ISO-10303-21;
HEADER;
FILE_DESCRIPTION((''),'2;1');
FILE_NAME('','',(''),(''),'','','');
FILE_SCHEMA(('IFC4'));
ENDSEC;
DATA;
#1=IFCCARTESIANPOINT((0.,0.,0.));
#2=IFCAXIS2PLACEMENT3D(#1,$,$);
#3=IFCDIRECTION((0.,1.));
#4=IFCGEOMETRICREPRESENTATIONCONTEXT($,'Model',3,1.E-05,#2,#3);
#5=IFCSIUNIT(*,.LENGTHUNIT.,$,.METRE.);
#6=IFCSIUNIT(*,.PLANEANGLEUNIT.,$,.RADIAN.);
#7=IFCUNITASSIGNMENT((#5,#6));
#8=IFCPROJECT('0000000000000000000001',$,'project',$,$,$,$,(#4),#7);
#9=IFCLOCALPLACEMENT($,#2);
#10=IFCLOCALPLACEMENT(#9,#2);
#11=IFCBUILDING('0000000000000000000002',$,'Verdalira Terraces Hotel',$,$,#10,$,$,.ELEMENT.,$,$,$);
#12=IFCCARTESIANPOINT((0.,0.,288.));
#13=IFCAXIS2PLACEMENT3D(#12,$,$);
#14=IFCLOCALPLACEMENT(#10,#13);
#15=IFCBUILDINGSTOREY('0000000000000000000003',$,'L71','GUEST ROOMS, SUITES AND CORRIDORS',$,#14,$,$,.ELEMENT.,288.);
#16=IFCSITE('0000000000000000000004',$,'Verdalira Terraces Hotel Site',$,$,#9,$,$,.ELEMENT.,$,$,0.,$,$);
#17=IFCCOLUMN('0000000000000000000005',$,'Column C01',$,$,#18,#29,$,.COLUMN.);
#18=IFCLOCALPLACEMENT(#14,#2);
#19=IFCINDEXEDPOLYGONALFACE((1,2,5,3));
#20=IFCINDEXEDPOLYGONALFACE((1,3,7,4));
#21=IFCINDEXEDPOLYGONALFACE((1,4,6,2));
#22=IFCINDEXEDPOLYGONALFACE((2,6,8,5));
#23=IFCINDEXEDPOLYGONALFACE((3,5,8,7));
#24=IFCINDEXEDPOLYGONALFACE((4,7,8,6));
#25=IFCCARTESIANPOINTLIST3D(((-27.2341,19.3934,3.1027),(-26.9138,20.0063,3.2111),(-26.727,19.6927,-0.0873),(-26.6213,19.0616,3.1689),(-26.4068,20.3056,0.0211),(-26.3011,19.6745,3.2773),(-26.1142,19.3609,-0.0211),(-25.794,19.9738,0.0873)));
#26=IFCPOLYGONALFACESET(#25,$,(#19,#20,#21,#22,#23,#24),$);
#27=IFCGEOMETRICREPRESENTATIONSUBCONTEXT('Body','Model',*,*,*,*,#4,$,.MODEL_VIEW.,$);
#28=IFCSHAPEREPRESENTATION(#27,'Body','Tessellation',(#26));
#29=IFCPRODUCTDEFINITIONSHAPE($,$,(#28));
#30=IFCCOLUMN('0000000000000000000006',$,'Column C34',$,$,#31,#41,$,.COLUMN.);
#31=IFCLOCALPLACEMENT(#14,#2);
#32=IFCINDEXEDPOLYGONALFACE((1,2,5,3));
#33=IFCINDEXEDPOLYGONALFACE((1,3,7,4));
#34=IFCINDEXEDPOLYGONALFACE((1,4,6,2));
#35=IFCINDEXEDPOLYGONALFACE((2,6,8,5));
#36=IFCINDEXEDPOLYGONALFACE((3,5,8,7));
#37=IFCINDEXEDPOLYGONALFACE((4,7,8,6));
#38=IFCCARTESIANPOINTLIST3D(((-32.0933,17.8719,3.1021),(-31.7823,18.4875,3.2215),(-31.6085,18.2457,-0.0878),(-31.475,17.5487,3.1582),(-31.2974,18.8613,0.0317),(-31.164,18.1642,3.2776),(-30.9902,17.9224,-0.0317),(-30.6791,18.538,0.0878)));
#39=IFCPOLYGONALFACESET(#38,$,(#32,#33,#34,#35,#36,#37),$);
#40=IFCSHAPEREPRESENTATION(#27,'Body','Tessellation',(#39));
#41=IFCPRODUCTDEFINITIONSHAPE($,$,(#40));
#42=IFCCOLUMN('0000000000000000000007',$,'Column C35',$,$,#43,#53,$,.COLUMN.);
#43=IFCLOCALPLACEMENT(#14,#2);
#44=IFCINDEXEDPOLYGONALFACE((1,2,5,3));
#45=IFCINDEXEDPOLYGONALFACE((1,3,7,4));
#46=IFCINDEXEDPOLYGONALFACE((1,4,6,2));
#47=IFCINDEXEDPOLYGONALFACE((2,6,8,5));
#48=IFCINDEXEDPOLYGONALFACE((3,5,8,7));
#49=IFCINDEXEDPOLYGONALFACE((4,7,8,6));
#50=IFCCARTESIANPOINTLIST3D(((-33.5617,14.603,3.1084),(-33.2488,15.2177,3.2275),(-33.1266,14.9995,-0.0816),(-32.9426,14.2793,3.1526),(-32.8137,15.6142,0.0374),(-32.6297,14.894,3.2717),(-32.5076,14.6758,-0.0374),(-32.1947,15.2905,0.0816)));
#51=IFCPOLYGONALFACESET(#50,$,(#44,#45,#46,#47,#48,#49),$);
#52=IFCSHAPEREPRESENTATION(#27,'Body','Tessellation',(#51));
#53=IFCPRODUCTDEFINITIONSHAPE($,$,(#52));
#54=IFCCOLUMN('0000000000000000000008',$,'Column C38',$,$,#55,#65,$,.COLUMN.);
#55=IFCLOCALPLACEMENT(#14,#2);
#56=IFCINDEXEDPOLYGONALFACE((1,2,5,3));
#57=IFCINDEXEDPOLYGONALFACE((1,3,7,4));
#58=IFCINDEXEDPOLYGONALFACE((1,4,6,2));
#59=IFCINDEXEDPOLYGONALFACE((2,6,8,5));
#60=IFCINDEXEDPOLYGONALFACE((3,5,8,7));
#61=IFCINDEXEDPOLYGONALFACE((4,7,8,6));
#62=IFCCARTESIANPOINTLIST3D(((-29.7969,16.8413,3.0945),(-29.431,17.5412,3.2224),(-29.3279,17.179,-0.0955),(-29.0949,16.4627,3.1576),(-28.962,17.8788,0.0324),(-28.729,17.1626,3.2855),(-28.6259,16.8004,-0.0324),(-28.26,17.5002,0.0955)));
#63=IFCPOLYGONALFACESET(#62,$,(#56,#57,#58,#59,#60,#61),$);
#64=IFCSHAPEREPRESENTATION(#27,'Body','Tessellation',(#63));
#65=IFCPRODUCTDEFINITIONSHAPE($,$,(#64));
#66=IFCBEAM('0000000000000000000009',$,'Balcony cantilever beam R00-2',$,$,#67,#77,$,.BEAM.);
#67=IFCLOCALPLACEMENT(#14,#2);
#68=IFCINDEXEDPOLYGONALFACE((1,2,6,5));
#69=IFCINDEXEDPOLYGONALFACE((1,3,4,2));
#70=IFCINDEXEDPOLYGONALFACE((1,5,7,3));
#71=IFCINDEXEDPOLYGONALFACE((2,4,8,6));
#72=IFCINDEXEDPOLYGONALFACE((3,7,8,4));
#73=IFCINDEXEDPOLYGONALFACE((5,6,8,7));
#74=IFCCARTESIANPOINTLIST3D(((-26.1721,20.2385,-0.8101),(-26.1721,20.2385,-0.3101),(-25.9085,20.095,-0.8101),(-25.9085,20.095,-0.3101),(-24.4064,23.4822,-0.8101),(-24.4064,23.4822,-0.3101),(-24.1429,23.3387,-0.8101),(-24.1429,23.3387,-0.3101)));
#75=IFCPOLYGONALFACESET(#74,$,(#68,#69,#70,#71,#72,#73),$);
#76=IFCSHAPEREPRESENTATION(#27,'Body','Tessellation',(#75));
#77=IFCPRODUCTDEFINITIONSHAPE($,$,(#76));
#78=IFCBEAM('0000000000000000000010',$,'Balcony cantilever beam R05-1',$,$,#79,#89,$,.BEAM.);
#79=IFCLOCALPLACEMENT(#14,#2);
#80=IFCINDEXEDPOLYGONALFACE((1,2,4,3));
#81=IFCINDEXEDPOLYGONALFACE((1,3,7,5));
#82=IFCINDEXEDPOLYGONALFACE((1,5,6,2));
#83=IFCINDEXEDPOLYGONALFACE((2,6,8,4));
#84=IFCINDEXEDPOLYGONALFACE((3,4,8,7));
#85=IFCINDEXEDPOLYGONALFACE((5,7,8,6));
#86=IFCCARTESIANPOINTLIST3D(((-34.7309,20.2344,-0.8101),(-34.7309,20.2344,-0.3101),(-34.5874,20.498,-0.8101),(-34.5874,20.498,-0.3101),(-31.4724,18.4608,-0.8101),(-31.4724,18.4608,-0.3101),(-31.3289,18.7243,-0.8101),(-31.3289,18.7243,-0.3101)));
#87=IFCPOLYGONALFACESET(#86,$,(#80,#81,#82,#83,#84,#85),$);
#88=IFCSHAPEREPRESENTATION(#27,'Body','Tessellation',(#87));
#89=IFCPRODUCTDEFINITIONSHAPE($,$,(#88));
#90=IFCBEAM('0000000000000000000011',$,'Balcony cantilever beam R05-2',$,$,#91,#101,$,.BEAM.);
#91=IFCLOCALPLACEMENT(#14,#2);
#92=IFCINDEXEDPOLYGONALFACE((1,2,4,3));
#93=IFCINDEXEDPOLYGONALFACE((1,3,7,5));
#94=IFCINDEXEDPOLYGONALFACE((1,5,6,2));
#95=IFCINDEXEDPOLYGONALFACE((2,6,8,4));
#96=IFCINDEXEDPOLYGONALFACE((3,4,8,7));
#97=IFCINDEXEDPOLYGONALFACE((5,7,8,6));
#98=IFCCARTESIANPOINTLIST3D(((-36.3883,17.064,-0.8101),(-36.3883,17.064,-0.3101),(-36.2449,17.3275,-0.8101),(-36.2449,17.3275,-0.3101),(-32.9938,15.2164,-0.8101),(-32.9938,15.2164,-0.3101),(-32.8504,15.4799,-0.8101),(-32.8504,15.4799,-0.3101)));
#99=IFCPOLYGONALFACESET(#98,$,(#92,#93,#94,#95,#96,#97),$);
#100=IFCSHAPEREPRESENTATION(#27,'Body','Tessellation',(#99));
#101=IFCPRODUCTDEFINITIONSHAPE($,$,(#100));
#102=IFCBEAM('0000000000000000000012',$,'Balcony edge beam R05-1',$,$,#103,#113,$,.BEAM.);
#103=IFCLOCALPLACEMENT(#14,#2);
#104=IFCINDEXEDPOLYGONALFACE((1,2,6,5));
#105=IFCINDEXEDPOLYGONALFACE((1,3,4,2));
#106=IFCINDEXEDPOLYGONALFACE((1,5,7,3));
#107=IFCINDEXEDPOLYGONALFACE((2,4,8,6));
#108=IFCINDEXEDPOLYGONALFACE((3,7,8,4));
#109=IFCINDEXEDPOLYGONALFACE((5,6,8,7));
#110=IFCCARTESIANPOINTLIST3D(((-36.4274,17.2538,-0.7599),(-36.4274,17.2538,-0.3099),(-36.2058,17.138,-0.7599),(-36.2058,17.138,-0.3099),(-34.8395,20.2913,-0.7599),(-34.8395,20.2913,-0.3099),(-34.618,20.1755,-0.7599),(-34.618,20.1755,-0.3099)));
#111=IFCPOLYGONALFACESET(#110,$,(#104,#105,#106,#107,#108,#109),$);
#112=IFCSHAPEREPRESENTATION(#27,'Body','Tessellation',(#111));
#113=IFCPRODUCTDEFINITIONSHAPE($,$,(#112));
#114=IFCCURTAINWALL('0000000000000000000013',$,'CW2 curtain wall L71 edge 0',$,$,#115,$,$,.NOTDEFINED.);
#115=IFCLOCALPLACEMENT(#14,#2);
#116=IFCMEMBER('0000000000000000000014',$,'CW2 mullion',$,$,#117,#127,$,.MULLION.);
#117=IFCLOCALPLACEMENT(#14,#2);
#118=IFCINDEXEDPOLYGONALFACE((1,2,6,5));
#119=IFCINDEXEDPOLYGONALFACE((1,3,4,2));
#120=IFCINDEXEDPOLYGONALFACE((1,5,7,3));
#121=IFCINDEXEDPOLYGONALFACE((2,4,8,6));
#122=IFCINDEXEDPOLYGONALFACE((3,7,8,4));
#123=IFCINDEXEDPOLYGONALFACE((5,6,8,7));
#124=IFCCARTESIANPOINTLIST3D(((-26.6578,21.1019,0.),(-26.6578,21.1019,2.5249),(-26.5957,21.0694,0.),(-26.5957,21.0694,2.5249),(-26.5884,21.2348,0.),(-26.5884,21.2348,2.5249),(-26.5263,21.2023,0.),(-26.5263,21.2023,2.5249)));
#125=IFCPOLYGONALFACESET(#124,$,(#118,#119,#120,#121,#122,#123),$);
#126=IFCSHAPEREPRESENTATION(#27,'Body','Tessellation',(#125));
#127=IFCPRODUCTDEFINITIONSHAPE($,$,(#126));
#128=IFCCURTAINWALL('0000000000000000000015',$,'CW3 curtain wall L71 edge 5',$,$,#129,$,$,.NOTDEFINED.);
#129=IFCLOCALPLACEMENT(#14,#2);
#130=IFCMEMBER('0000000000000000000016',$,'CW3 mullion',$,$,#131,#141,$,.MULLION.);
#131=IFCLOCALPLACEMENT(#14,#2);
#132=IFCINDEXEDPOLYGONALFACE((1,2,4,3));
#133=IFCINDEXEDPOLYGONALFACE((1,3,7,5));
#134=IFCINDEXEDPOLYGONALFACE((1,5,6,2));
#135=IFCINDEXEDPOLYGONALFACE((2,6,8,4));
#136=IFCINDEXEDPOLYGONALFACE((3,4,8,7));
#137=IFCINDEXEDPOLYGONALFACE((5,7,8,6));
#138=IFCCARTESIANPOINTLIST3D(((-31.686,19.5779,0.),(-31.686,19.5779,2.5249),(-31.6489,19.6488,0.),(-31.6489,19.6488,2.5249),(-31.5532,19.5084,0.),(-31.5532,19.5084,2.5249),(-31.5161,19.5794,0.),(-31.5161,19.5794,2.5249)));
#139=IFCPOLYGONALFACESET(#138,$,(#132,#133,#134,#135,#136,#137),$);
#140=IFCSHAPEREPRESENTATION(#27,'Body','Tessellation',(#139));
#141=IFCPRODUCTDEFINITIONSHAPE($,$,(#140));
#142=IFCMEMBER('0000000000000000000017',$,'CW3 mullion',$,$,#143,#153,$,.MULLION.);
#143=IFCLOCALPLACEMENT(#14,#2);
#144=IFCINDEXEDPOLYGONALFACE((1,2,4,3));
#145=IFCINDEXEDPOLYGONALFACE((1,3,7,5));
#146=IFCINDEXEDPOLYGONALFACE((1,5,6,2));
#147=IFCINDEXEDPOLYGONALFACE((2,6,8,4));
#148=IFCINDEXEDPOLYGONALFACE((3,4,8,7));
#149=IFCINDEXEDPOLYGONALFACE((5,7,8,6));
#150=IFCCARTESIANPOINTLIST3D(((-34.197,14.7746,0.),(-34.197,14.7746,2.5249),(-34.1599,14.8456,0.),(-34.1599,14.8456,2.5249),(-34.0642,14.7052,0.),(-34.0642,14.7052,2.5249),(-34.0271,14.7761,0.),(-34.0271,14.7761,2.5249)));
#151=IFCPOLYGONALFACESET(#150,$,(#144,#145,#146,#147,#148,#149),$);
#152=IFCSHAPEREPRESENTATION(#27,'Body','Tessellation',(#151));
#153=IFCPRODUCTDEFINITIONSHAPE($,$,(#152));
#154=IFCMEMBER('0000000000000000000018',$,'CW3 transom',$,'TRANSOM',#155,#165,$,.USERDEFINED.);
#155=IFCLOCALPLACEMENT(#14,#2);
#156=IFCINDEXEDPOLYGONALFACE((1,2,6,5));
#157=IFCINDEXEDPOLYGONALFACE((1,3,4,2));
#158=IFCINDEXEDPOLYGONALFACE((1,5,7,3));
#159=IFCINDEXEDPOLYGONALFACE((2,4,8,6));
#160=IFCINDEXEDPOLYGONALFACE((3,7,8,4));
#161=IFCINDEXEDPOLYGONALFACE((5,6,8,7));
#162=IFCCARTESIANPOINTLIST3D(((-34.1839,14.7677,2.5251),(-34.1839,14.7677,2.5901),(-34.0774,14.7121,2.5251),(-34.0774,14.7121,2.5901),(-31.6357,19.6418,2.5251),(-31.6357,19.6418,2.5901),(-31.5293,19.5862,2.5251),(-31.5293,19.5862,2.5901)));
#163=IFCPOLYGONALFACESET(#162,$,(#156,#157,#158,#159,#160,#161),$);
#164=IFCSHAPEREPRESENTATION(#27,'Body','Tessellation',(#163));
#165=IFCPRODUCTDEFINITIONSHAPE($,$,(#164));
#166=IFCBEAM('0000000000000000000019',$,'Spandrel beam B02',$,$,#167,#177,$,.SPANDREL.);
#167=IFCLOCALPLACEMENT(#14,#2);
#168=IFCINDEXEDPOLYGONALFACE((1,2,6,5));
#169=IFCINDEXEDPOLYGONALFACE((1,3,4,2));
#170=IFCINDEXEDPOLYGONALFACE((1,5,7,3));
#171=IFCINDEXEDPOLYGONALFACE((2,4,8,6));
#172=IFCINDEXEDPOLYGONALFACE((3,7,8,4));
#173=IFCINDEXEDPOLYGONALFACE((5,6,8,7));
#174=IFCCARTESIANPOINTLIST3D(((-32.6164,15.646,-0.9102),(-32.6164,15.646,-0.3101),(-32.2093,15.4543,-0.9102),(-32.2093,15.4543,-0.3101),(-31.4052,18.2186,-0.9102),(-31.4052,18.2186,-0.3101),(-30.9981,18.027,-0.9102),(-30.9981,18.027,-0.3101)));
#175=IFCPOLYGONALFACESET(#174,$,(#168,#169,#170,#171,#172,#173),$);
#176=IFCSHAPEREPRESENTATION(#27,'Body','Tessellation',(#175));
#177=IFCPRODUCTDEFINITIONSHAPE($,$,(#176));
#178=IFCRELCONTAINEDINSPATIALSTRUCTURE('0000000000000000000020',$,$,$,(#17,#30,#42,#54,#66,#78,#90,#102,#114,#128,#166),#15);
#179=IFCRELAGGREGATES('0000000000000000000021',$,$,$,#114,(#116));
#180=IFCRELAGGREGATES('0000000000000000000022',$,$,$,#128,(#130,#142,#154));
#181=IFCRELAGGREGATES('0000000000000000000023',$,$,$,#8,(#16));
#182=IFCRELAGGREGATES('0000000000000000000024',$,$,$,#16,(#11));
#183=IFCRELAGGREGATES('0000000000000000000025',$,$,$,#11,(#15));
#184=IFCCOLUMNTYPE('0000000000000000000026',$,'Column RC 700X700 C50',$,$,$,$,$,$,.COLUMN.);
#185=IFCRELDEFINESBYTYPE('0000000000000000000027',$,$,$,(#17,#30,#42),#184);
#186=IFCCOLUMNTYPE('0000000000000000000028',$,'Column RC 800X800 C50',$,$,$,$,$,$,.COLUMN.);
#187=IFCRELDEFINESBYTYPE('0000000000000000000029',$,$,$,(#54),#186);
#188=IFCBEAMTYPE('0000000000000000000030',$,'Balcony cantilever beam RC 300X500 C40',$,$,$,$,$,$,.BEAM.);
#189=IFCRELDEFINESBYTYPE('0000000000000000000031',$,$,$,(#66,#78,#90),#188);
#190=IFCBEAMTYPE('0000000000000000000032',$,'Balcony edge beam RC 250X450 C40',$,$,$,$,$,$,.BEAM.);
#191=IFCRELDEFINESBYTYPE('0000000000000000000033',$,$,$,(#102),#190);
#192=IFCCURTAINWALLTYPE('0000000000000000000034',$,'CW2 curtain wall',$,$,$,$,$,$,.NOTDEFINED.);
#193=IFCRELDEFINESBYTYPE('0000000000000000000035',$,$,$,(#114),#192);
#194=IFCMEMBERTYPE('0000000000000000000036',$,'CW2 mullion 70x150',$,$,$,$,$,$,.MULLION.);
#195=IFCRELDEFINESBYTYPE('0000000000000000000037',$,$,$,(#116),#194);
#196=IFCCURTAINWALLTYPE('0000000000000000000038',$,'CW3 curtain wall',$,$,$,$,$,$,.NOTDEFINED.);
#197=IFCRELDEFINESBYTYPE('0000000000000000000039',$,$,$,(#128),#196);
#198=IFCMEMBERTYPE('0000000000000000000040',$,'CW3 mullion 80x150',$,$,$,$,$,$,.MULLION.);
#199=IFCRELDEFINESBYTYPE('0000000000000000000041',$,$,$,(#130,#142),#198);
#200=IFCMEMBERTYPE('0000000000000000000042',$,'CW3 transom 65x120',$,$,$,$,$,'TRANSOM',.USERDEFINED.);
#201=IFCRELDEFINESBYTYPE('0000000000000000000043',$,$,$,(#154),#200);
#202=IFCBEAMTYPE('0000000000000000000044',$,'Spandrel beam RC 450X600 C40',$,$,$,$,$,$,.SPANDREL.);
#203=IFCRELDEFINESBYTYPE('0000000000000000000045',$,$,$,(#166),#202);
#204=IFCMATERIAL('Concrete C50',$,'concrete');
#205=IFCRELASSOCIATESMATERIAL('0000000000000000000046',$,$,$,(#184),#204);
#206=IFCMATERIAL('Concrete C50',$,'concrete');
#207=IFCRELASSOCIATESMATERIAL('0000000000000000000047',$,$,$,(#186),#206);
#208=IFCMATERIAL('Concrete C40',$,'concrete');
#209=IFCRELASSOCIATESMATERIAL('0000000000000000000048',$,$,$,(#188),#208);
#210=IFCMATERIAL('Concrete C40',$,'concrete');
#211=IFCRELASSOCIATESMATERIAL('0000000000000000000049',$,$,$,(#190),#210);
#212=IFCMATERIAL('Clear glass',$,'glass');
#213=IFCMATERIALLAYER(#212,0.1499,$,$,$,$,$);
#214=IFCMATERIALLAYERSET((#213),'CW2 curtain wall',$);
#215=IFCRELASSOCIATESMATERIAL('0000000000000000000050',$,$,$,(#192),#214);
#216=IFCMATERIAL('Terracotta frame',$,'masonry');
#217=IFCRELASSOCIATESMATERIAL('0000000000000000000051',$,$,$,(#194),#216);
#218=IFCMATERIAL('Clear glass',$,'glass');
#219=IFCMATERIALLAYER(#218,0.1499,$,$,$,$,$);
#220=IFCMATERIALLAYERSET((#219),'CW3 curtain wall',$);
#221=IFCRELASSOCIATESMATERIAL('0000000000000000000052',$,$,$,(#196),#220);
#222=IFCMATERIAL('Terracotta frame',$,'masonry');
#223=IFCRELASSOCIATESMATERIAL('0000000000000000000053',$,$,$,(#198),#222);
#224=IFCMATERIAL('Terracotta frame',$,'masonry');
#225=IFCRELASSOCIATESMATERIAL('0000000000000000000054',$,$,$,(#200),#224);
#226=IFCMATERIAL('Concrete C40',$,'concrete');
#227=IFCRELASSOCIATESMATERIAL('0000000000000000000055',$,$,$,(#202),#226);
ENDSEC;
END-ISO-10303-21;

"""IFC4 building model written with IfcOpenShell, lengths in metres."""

from ifc_helpers import new_model, si_unit, direction, frame, origin, origin_2d, place, context, subcontext, project, spatial, rectangle, extrude, material, layer, layer_set, material_profile, profile_set, type_object, element, aggregate, save


model = new_model("IFC4")

# Units and contexts
model_context = context("Model", 3, precision=1e-05, world=origin(), true_north=direction((0.0, 1.0)))
body_context = subcontext(model_context, "Body", "Model", "MODEL_VIEW")
ifc_project = project(units=[si_unit("LENGTHUNIT", "METRE"), si_unit("PLANEANGLEUNIT", "RADIAN")], contexts=[model_context])

# Site, building, storey
site_placement = place(None, origin())
site = spatial("IfcSite", under=ifc_project, at=site_placement, Name="Verdalira Terraces Hotel Site", CompositionType="ELEMENT", RefElevation=0.0)
building_placement = place(site_placement, origin())
building = spatial("IfcBuilding", under=site, at=building_placement, Name="Verdalira Terraces Hotel", CompositionType="ELEMENT")
storey_placement = place(building_placement, frame((0.0, 0.0, 288.0)))
storey = spatial("IfcBuildingStorey", under=building, at=storey_placement, Name="L71", Description="GUEST ROOMS, SUITES AND CORRIDORS", CompositionType="ELEMENT", Elevation=288.0)

# Columns
ifc_material_1 = material(Name="Concrete C50", Category="concrete")
ifc_material_profile_1 = material_profile(ifc_material_1, rectangle(XDim=0.7, YDim=0.7, at=origin_2d()), Name="RC 700X700")
ifc_profile_set_1 = profile_set([ifc_material_profile_1], Name="Concrete C50")
column_type_1 = type_object("IfcColumnType", Name="Column RC 700X700 C50", PredefinedType="COLUMN", material=ifc_profile_set_1)
column_1_placement = place(storey_placement, frame((-26.2605, 19.8333, 0.0), z_axis=(-0.156321, -0.092272, 0.983387), x_axis=(-0.875377, 0.474081, -0.094668)))
element("IfcColumn", 1, at=column_1_placement, inside=storey, type_object=column_type_1, Name="Column C01", PredefinedType="COLUMN", context=body_context, shape_type="SweptSolid", body=[
    extrude(rectangle(XDim=0.7, YDim=0.7, at=origin_2d()), origin(), (0.0, 0.0, 1.0), 3.2439),
])
column_2_placement = place(storey_placement, frame((-31.1438, 18.3918, 0.0), z_axis=(-0.149273, -0.115074, 0.982077), x_axis=(-0.444327, -0.879473, -0.170588)))
element("IfcColumn", 2, at=column_2_placement, inside=storey, type_object=column_type_1, Name="Column C34", PredefinedType="COLUMN", context=body_context, shape_type="SweptSolid", body=[
    extrude(rectangle(XDim=0.7, YDim=0.7, at=origin_2d()), origin(), (0.0, 0.0, 1.0), 3.248),
])
column_3_placement = place(storey_placement, frame((-32.6606, 15.145, 0.0), z_axis=(-0.13412, -0.122229, 0.983398), x_axis=(-0.447035, -0.87819, -0.170121)))
element("IfcColumn", 3, at=column_3_placement, inside=storey, type_object=column_type_1, Name="Column C35", PredefinedType="COLUMN", context=body_context, shape_type="SweptSolid", body=[
    extrude(rectangle(XDim=0.7, YDim=0.7, at=origin_2d()), origin(), (0.0, 0.0, 1.0), 3.2439),
])
ifc_material_2 = material(Name="Concrete C50", Category="concrete")
ifc_material_profile_2 = material_profile(ifc_material_2, rectangle(XDim=0.8, YDim=0.8, at=origin_2d()), Name="RC 800X800")
ifc_profile_set_2 = profile_set([ifc_material_profile_2], Name="Concrete C50")
column_type_2 = type_object("IfcColumnType", Name="Column RC 800X800 C50", PredefinedType="COLUMN", material=ifc_profile_set_2)
column_4_placement = place(storey_placement, frame((-28.7939, 17.3396, 0.0), z_axis=(-0.144668, -0.104152, 0.983984), x_axis=(-0.877417, 0.473193, -0.078914)))
element("IfcColumn", 4, at=column_4_placement, inside=storey, type_object=column_type_2, Name="Column C38", PredefinedType="COLUMN", context=body_context, shape_type="SweptSolid", body=[
    extrude(rectangle(XDim=0.8, YDim=0.8, at=origin_2d()), origin(), (0.0, 0.0, 1.0), 3.2419),
])

# Beams
ifc_material_3 = material(Name="Concrete C40", Category="concrete")
ifc_material_profile_3 = material_profile(ifc_material_3, rectangle(XDim=0.3, YDim=0.5, at=origin_2d()), Name="RC 300X500")
ifc_profile_set_3 = profile_set([ifc_material_profile_3], Name="Concrete C40")
beam_type_1 = type_object("IfcBeamType", Name="Balcony cantilever beam RC 300X500 C40", PredefinedType="BEAM", material=ifc_profile_set_3)
beam_1_placement = place(storey_placement, frame((-26.0403, 20.1667, -0.5601), z_axis=(0.478092, 0.87831, 0.0), x_axis=(-0.87831, 0.478092, 0.0)))
element("IfcBeam", 5, at=beam_1_placement, inside=storey, type_object=beam_type_1, Name="Balcony cantilever beam R00-2", PredefinedType="BEAM", context=body_context, shape_type="SweptSolid", body=[
    extrude(rectangle(XDim=0.3, YDim=0.5, at=origin_2d()), origin(), (0.0, 0.0, 1.0), 3.6931),
])
beam_2_placement = place(storey_placement, frame((-31.4006, 18.5925, -0.5601), z_axis=(-0.878315, 0.478082, 0.0), x_axis=(-0.478082, -0.878315, 0.0)))
element("IfcBeam", 6, at=beam_2_placement, inside=storey, type_object=beam_type_1, Name="Balcony cantilever beam R05-1", PredefinedType="BEAM", context=body_context, shape_type="SweptSolid", body=[
    extrude(rectangle(XDim=0.3, YDim=0.5, at=origin_2d()), origin(), (0.0, 0.0, 1.0), 3.71),
])
beam_3_placement = place(storey_placement, frame((-32.9221, 15.3481, -0.5601), z_axis=(-0.87832, 0.478073, 0.0), x_axis=(-0.478073, -0.87832, 0.0)))
element("IfcBeam", 7, at=beam_3_placement, inside=storey, type_object=beam_type_1, Name="Balcony cantilever beam R05-2", PredefinedType="BEAM", context=body_context, shape_type="SweptSolid", body=[
    extrude(rectangle(XDim=0.3, YDim=0.5, at=origin_2d()), origin(), (0.0, 0.0, 1.0), 3.8647),
])
ifc_material_4 = material(Name="Concrete C40", Category="concrete")
ifc_material_profile_4 = material_profile(ifc_material_4, rectangle(XDim=0.25, YDim=0.45, at=origin_2d()), Name="RC 250X450")
ifc_profile_set_4 = profile_set([ifc_material_profile_4], Name="Concrete C40")
beam_type_2 = type_object("IfcBeamType", Name="Balcony edge beam RC 250X450 C40", PredefinedType="BEAM", material=ifc_profile_set_4)
beam_4_placement = place(storey_placement, frame((-34.7288, 20.2334, -0.5349), z_axis=(-0.463267, -0.886219, 0.0), x_axis=(0.886219, -0.463267, 0.0)))
element("IfcBeam", 8, at=beam_4_placement, inside=storey, type_object=beam_type_2, Name="Balcony edge beam R05-1", PredefinedType="BEAM", context=body_context, shape_type="SweptSolid", body=[
    extrude(rectangle(XDim=0.25, YDim=0.45, at=origin_2d()), origin(), (0.0, 0.0, 1.0), 3.4275),
])

# Curtain wall, member
ifc_material_5 = material(Name="Clear glass", Category="glass")
ifc_layer_1 = layer(ifc_material_5, 0.1499)
ifc_layer_set_1 = layer_set([ifc_layer_1], Name="CW2 curtain wall")
curtain_wall_type_1 = type_object("IfcCurtainWallType", Name="CW2 curtain wall", PredefinedType="NOTDEFINED", material=ifc_layer_set_1)
curtain_wall_1_placement = place(storey_placement, origin())
curtain_wall_1 = element("IfcCurtainWall", 9, at=curtain_wall_1_placement, inside=storey, type_object=curtain_wall_type_1, Name="CW2 curtain wall L71 edge 0", PredefinedType="NOTDEFINED")
ifc_material_6 = material(Name="Terracotta frame", Category="masonry")
ifc_material_profile_5 = material_profile(ifc_material_6, rectangle(XDim=0.0701, YDim=0.1499, at=origin_2d()), Name="MU 70x150")
ifc_profile_set_5 = profile_set([ifc_material_profile_5], Name="Terracotta frame")
member_type_1 = type_object("IfcMemberType", Name="CW2 mullion 70x150", PredefinedType="MULLION", material=ifc_profile_set_5)
member_1_placement = place(storey_placement, frame((-26.592, 21.1521, 0.0), z_axis=(0.0, 0.0, 1.0), x_axis=(-0.886204, 0.463296, 0.0)))
member_1 = element("IfcMember", 10, at=member_1_placement, type_object=member_type_1, Name="CW2 mullion", PredefinedType="MULLION", context=body_context, shape_type="SweptSolid", body=[
    extrude(rectangle(XDim=0.0701, YDim=0.1499, at=origin_2d()), origin(), (0.0, 0.0, 1.0), 2.5249),
])
aggregate(curtain_wall_1, [member_1])

# Curtain wall, members
ifc_material_7 = material(Name="Clear glass", Category="glass")
ifc_layer_2 = layer(ifc_material_7, 0.1499)
ifc_layer_set_2 = layer_set([ifc_layer_2], Name="CW3 curtain wall")
curtain_wall_type_2 = type_object("IfcCurtainWallType", Name="CW3 curtain wall", PredefinedType="NOTDEFINED", material=ifc_layer_set_2)
curtain_wall_2_placement = place(storey_placement, origin())
curtain_wall_2 = element("IfcCurtainWall", 11, at=curtain_wall_2_placement, inside=storey, type_object=curtain_wall_type_2, Name="CW3 curtain wall L71 edge 5", PredefinedType="NOTDEFINED")
ifc_material_8 = material(Name="Terracotta frame", Category="masonry")
ifc_material_profile_6 = material_profile(ifc_material_8, rectangle(XDim=0.0801, YDim=0.1499, at=origin_2d()), Name="MU 80x150")
ifc_profile_set_6 = profile_set([ifc_material_profile_6], Name="Terracotta frame")
member_type_2 = type_object("IfcMemberType", Name="CW3 mullion 80x150", PredefinedType="MULLION", material=ifc_profile_set_6)
member_2_placement = place(storey_placement, frame((-31.6011, 19.5786, 0.0), z_axis=(0.0, 0.0, 1.0), x_axis=(-0.463296, -0.886204, 0.0)))
member_2 = element("IfcMember", 12, at=member_2_placement, type_object=member_type_2, Name="CW3 mullion", PredefinedType="MULLION", context=body_context, shape_type="SweptSolid", body=[
    extrude(rectangle(XDim=0.0801, YDim=0.1499, at=origin_2d()), origin(), (0.0, 0.0, 1.0), 2.5249),
])
member_3_placement = place(storey_placement, frame((-34.1121, 14.7754, 0.0), z_axis=(0.0, 0.0, 1.0), x_axis=(-0.463296, -0.886204, 0.0)))
member_3 = element("IfcMember", 13, at=member_3_placement, type_object=member_type_2, Name="CW3 mullion", PredefinedType="MULLION", context=body_context, shape_type="SweptSolid", body=[
    extrude(rectangle(XDim=0.0801, YDim=0.1499, at=origin_2d()), origin(), (0.0, 0.0, 1.0), 2.5249),
])
ifc_material_9 = material(Name="Terracotta frame", Category="masonry")
ifc_material_profile_7 = material_profile(ifc_material_9, rectangle(XDim=0.1201, YDim=0.0649, at=origin_2d()), Name="TR 65x120")
ifc_profile_set_7 = profile_set([ifc_material_profile_7], Name="Terracotta frame")
member_type_3 = type_object("IfcMemberType", Name="CW3 transom 65x120", ElementType="TRANSOM", PredefinedType="USERDEFINED", material=ifc_profile_set_7)
member_4_placement = place(storey_placement, frame((-31.5825, 19.614, 2.5576), z_axis=(-0.463299, -0.886202, 0.0), x_axis=(0.886202, -0.463299, 0.0)))
member_4 = element("IfcMember", 14, at=member_4_placement, type_object=member_type_3, Name="CW3 transom", ObjectType="TRANSOM", PredefinedType="USERDEFINED", context=body_context, shape_type="SweptSolid", body=[
    extrude(rectangle(XDim=0.1201, YDim=0.0649, at=origin_2d()), origin(), (0.0, 0.0, 1.0), 5.5),
])

# Beam
ifc_material_10 = material(Name="Concrete C40", Category="concrete")
ifc_material_profile_8 = material_profile(ifc_material_10, rectangle(XDim=0.45, YDim=0.6001, at=origin_2d()), Name="RC 450X600")
ifc_profile_set_8 = profile_set([ifc_material_profile_8], Name="Concrete C40")
beam_type_3 = type_object("IfcBeamType", Name="Spandrel beam RC 450X600 C40", PredefinedType="SPANDREL", material=ifc_profile_set_8)
beam_5_placement = place(storey_placement, frame((-31.2017, 18.1228, -0.6101), z_axis=(-0.425933, -0.904754, 0.0), x_axis=(0.904754, -0.425933, 0.0)))
element("IfcBeam", 15, at=beam_5_placement, inside=storey, type_object=beam_type_3, Name="Spandrel beam B02", PredefinedType="SPANDREL", context=body_context, shape_type="SweptSolid", body=[
    extrude(rectangle(XDim=0.45, YDim=0.6001, at=origin_2d()), origin(), (0.0, 0.0, 1.0), 2.8435),
])

aggregate(curtain_wall_2, [member_2, member_3, member_4])

save(model, "model.ifc")
